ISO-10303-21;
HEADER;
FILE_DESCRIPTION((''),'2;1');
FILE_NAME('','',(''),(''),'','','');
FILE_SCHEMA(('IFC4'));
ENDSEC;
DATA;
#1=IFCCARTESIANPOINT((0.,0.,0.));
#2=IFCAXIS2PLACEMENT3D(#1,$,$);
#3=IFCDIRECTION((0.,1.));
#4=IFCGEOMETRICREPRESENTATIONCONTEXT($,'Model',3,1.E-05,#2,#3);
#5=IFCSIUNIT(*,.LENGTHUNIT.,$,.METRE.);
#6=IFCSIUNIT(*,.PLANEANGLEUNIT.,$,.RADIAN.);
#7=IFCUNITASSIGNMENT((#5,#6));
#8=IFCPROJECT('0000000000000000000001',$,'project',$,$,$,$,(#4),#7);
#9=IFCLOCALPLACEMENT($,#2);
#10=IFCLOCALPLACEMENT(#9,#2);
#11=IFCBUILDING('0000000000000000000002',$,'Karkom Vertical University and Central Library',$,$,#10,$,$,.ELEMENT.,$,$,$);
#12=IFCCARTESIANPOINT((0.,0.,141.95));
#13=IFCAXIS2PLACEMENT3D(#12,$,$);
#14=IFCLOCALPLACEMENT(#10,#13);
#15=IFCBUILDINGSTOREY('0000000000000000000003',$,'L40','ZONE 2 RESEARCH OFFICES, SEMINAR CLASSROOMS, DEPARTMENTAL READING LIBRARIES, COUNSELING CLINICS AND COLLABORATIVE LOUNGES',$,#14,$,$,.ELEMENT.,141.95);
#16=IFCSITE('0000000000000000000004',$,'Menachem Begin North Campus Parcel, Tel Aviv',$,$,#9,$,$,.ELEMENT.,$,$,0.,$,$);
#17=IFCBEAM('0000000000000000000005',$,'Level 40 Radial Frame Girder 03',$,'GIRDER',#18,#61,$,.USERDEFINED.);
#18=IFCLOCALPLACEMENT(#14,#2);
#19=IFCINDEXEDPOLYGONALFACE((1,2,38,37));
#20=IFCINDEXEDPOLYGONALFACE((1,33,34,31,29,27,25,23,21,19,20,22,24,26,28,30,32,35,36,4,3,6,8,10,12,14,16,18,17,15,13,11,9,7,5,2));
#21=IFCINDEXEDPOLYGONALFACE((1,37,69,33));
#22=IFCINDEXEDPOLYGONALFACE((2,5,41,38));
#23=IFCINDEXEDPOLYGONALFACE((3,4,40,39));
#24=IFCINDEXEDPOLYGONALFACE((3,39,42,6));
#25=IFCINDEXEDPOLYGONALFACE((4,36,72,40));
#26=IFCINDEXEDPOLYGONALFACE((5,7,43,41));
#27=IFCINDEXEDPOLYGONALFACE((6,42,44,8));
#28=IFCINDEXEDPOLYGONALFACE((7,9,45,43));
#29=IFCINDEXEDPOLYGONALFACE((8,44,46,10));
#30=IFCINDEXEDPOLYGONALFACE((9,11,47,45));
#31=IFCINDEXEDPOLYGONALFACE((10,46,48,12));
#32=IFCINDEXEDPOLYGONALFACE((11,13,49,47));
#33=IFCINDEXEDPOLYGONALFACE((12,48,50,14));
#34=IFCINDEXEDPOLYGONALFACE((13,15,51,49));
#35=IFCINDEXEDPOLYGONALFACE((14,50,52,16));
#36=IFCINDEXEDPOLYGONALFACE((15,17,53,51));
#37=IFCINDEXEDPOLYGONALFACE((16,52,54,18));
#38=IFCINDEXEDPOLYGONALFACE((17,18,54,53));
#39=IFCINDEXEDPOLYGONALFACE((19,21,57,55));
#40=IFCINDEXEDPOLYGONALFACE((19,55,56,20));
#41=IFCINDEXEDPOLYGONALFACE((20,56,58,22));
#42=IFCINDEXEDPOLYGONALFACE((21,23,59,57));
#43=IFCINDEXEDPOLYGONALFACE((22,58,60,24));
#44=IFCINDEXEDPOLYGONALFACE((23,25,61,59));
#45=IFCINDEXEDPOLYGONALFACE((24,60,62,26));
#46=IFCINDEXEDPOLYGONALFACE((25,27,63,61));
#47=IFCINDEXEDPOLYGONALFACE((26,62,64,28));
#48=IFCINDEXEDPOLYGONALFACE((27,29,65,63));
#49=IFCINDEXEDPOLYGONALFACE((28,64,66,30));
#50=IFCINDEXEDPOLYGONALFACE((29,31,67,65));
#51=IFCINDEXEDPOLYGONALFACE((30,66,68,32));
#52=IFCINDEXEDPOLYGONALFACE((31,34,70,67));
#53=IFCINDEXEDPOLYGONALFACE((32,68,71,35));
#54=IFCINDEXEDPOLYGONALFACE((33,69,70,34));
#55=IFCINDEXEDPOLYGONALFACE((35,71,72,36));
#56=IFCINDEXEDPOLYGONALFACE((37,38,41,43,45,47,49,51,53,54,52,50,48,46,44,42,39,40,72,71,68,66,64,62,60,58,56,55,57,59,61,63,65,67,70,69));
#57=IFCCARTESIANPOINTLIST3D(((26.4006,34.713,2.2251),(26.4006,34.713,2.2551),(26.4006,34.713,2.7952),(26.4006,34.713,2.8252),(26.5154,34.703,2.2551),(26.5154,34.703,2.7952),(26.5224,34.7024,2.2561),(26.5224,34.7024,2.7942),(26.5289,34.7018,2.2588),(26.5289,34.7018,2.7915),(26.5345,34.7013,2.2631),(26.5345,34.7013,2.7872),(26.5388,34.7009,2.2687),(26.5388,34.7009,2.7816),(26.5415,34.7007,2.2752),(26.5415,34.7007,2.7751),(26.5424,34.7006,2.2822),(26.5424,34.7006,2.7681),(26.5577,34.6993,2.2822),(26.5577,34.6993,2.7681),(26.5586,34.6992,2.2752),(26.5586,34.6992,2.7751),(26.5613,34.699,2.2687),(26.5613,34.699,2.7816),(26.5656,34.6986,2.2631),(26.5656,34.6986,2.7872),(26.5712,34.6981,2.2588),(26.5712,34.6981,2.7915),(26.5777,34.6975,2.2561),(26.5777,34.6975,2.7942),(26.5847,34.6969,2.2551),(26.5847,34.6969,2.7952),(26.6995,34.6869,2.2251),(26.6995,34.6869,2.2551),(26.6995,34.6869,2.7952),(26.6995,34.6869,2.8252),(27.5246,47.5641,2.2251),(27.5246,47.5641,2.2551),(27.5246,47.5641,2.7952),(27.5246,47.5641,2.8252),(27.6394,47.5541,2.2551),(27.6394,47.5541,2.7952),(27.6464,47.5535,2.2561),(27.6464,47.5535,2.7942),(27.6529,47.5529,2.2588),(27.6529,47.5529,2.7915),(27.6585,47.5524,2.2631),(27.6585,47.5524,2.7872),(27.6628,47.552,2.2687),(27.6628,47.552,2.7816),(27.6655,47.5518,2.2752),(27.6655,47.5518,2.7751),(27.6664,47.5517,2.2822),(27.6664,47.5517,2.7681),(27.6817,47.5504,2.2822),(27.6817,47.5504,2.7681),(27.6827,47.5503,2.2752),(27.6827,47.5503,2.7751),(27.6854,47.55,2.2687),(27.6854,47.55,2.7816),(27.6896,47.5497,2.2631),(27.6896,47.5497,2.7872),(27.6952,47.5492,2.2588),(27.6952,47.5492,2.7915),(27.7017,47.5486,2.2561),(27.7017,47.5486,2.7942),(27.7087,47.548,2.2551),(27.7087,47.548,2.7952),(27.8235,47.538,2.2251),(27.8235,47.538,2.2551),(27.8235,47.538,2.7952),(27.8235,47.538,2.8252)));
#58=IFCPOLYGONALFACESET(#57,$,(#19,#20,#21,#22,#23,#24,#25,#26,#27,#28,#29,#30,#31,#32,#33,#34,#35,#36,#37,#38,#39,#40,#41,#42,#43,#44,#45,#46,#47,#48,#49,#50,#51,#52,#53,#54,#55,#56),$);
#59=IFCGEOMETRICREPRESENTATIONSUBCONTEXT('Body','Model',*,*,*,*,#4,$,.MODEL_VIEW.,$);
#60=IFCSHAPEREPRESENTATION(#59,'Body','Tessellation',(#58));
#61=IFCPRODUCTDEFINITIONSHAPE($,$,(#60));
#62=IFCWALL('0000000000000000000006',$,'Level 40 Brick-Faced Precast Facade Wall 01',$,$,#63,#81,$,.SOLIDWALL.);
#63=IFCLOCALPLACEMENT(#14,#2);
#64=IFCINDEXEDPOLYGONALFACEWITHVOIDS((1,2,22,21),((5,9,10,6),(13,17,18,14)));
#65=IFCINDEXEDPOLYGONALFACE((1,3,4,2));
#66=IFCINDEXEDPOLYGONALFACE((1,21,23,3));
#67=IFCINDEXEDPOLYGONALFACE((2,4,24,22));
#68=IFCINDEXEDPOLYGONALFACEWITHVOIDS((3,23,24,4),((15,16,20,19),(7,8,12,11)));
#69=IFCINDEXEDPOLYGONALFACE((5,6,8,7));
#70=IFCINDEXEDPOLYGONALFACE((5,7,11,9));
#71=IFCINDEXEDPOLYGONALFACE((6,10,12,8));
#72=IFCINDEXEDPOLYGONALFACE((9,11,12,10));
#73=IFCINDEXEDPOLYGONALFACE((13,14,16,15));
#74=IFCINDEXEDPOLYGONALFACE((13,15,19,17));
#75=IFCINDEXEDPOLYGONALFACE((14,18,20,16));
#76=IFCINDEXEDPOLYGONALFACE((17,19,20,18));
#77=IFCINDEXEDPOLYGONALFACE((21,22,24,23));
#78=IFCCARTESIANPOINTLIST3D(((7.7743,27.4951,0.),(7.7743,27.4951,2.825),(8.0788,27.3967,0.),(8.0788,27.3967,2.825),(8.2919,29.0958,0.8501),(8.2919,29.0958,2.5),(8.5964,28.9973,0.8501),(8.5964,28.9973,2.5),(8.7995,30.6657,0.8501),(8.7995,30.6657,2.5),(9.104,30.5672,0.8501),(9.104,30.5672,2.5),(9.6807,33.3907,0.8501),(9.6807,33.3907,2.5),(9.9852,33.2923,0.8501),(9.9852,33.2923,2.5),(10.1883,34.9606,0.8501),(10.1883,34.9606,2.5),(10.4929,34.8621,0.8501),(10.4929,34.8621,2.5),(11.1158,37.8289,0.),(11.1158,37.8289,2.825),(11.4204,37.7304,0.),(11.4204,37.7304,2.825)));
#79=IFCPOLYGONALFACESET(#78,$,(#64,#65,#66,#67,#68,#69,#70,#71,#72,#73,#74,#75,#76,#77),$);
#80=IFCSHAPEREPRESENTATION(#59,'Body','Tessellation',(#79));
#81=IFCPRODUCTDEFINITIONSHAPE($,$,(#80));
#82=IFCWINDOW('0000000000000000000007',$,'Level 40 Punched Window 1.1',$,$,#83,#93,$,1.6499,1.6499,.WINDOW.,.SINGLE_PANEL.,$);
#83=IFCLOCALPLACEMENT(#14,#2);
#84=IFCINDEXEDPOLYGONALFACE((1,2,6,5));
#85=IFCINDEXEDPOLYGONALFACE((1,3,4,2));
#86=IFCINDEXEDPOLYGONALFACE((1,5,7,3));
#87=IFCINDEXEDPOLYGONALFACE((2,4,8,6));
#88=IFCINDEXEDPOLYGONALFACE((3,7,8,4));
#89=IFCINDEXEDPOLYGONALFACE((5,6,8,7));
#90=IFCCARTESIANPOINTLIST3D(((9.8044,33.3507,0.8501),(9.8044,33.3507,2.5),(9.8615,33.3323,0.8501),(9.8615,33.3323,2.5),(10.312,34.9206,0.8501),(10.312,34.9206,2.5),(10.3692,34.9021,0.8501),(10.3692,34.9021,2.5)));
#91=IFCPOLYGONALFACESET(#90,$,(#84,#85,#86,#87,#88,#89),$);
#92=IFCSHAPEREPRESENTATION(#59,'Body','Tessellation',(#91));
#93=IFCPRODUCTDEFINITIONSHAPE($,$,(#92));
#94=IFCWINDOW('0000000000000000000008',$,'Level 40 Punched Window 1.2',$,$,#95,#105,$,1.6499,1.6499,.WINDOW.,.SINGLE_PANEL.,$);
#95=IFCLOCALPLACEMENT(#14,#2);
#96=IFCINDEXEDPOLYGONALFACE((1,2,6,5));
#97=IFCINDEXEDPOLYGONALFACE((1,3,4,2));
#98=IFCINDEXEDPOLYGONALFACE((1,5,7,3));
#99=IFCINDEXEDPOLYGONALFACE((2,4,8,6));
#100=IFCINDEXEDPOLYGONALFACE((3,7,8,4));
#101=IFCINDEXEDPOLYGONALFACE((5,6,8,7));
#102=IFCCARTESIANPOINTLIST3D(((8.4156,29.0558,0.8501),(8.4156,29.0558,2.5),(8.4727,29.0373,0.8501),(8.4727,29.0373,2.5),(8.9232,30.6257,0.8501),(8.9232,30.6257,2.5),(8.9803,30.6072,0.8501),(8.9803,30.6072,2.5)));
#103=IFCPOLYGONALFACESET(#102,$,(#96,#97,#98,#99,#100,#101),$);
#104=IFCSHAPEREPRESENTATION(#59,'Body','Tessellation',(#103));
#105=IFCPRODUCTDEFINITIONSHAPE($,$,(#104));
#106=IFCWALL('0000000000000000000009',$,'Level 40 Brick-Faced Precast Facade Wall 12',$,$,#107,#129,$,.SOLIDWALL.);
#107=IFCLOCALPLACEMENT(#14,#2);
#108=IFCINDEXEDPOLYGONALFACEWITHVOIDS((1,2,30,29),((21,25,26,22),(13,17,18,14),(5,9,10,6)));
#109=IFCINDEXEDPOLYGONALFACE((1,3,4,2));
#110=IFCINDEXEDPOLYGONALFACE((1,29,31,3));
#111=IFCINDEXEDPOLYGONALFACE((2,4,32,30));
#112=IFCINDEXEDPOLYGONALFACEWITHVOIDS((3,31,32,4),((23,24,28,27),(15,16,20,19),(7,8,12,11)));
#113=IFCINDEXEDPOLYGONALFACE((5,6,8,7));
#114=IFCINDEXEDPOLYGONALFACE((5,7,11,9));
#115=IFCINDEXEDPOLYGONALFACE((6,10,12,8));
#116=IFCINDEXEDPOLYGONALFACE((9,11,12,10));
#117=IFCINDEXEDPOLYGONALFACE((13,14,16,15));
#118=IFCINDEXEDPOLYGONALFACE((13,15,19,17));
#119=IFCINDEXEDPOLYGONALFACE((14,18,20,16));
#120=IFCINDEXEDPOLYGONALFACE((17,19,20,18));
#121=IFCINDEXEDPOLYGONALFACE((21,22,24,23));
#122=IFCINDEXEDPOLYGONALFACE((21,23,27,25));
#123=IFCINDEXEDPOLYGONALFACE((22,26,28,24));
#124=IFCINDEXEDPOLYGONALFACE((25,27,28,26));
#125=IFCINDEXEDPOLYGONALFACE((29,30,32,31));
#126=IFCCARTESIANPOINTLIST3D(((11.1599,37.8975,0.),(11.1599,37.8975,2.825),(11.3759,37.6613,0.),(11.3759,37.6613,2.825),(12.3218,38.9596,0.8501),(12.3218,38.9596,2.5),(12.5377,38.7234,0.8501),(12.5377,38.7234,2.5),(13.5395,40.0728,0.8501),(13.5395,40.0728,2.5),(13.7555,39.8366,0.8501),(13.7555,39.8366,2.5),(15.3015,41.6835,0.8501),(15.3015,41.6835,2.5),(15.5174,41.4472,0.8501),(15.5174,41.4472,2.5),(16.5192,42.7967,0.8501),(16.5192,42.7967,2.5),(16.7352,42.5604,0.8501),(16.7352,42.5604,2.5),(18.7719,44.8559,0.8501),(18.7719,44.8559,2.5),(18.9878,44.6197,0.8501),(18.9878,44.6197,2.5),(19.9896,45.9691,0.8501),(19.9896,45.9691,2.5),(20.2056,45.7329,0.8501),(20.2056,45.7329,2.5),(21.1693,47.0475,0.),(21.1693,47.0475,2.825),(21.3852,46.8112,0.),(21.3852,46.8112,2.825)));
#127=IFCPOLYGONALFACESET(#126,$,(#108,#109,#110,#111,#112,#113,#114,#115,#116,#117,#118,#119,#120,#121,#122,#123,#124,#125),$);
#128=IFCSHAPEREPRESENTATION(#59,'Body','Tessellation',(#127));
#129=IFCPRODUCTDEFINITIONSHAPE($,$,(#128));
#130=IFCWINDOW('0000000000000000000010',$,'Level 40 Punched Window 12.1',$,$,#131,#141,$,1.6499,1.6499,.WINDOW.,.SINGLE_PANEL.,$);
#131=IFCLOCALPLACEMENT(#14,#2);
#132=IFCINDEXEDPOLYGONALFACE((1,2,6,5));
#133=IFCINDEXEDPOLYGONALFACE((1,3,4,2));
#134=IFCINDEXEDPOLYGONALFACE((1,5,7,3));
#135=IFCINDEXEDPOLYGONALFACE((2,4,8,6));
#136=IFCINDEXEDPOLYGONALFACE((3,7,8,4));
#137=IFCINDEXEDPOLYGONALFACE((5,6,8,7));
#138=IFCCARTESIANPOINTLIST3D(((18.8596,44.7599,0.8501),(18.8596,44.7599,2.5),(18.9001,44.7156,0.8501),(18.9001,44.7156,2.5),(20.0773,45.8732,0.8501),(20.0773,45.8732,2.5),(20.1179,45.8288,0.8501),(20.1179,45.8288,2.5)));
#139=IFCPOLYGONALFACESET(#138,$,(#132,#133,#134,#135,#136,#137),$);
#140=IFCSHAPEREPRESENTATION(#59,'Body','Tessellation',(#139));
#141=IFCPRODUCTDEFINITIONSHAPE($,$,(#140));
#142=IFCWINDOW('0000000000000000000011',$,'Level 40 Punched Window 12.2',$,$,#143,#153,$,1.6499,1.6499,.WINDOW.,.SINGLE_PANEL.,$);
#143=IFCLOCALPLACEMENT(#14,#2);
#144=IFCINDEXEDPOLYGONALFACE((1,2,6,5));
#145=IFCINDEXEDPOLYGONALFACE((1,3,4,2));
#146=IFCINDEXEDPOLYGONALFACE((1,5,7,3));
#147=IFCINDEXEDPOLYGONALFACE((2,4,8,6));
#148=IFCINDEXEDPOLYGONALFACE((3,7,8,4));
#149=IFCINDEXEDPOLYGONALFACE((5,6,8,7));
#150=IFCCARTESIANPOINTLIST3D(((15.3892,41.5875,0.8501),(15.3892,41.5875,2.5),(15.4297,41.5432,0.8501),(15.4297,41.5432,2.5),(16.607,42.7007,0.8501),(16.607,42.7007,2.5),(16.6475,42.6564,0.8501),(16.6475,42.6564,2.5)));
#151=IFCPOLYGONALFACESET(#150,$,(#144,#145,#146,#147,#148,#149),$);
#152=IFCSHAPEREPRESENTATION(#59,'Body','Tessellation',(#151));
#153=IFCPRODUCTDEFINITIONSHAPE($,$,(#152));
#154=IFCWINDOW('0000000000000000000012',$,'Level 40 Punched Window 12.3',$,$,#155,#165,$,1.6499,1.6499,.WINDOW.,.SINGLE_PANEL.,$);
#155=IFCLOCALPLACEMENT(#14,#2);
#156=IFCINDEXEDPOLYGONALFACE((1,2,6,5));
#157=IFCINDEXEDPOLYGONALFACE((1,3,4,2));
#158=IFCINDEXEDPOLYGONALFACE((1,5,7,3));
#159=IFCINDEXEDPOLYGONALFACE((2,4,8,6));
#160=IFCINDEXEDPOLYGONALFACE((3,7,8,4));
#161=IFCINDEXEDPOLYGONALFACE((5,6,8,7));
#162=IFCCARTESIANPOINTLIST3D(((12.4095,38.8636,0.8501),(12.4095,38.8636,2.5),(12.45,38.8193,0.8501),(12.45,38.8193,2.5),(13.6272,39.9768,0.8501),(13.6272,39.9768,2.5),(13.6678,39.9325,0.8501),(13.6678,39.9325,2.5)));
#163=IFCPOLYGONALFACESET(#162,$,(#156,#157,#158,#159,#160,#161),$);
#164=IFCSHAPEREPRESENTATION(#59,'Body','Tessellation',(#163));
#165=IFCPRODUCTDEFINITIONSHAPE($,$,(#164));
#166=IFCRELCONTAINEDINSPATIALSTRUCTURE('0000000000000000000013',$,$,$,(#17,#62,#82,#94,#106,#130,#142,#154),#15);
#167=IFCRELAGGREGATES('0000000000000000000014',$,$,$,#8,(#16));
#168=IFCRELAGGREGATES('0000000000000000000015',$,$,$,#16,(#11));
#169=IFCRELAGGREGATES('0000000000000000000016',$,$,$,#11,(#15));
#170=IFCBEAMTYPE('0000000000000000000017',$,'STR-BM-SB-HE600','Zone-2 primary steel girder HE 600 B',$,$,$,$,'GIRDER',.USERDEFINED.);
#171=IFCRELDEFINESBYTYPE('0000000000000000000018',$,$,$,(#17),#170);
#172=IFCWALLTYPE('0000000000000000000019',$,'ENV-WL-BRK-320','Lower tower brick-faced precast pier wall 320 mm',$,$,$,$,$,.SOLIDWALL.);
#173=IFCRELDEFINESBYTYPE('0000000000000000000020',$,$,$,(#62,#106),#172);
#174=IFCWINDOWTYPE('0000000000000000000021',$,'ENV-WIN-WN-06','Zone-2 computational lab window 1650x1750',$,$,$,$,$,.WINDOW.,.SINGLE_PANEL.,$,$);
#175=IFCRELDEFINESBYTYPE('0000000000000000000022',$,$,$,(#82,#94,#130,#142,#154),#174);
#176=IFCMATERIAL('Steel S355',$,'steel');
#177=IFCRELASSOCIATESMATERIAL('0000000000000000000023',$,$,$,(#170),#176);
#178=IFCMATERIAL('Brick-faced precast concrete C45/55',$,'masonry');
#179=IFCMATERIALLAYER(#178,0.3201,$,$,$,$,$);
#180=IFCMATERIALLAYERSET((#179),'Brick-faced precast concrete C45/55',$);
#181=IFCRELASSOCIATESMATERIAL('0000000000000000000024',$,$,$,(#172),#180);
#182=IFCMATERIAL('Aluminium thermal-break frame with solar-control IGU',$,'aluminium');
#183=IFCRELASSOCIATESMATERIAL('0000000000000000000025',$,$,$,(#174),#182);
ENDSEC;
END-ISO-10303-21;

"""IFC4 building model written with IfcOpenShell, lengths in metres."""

from ifc_helpers import new_model, si_unit, direction, frame, frame_2d, origin, origin_with_axes, origin_2d, place, context, subcontext, project, spatial, rectangle, i_section, extrude, source, transform, mapped, material, layer, layer_set, material_profile, profile_set, type_object, element, fill, save


model = new_model("IFC4")

# Units and contexts
model_context = context("Model", 3, precision=1e-05, world=origin(), true_north=direction((0.0, 1.0)))
body_context = subcontext(model_context, "Body", "Model", "MODEL_VIEW")
ifc_project = project(units=[si_unit("LENGTHUNIT", "METRE"), si_unit("PLANEANGLEUNIT", "RADIAN")], contexts=[model_context])

# Site, building, storey
site_placement = place(None, origin())
site = spatial("IfcSite", under=ifc_project, at=site_placement, Name="Menachem Begin North Campus Parcel, Tel Aviv", CompositionType="ELEMENT", RefElevation=0.0)
building_placement = place(site_placement, origin())
building = spatial("IfcBuilding", under=site, at=building_placement, Name="Karkom Vertical University and Central Library", CompositionType="ELEMENT")
storey_placement = place(building_placement, frame((0.0, 0.0, 141.95)))
storey = spatial("IfcBuildingStorey", under=building, at=storey_placement, Name="L40", Description="ZONE 2 RESEARCH OFFICES, SEMINAR CLASSROOMS, DEPARTMENTAL READING LIBRARIES, COUNSELING CLINICS AND COLLABORATIVE LOUNGES", CompositionType="ELEMENT", Elevation=141.95)

# Beam
ifc_material_1 = material(Name="Steel S355", Category="steel")
ifc_material_profile_1 = material_profile(ifc_material_1, i_section(OverallWidth=0.3, OverallDepth=0.6001, WebThickness=0.0154, FlangeThickness=0.03, FilletRadius=0.0271, at=origin_2d()), Name="HE 600 B")
ifc_profile_set_1 = profile_set([ifc_material_profile_1], Name="Steel S355")
beam_type_1 = type_object("IfcBeamType", Name="STR-BM-SB-HE600", Description="Zone-2 primary steel girder HE 600 B", ElementType="GIRDER", PredefinedType="USERDEFINED", material=ifc_profile_set_1)
shared_shape_1 = source(origin_with_axes(), body_context, "Body", "SweptSolid", [
    extrude(i_section(OverallWidth=0.3, OverallDepth=0.6001, WebThickness=0.0154, FlangeThickness=0.03, FilletRadius=0.0271, at=origin_2d()), origin(), (0.0, 0.0, 1.0), 12.9001),
])
beam_1_placement = place(storey_placement, frame((26.55, 34.7, 2.5251), z_axis=(0.087133, 0.996197, 0.0), x_axis=(-0.996197, 0.087133, 0.0)))
element("IfcBeam", 1, at=beam_1_placement, inside=storey, type_object=beam_type_1, Name="Level 40 Radial Frame Girder 03", ObjectType="GIRDER", PredefinedType="USERDEFINED", context=body_context, shape_type="MappedRepresentation", body=[
    mapped(shared_shape_1, transform((0.0, 0.0, 0.0), scale=1.0)),
])

# Walls, openings, windows
ifc_material_2 = material(Name="Brick-faced precast concrete C45/55", Category="masonry")
ifc_layer_1 = layer(ifc_material_2, 0.3201)
ifc_layer_set_1 = layer_set([ifc_layer_1], Name="Brick-faced precast concrete C45/55")
wall_type_1 = type_object("IfcWallType", Name="ENV-WL-BRK-320", Description="Lower tower brick-faced precast pier wall 320 mm", PredefinedType="SOLIDWALL", material=ifc_layer_set_1)
wall_1_placement = place(storey_placement, frame((11.2681, 37.7795, 0.0), z_axis=(0.0, 0.0, 1.0), x_axis=(-0.307677, -0.951491, 0.0)))
wall_1 = element("IfcWall", 2, at=wall_1_placement, inside=storey, type_object=wall_type_1, Name="Level 40 Brick-Faced Precast Facade Wall 01", PredefinedType="SOLIDWALL", context=body_context, shape_type="SweptSolid", body=[
    extrude(rectangle(XDim=10.8606, YDim=0.3201, at=frame_2d((5.4302, 0.0))), origin(), (0.0, 0.0, 1.0), 2.825),
])
opening_1_placement = place(wall_1_placement, frame((3.0144, 0.0, 0.8501)))
opening_1 = element("IfcOpeningElement", 3, at=opening_1_placement, cuts=wall_1, PredefinedType="OPENING", context=body_context, shape_type="SweptSolid", body=[
    extrude(rectangle(XDim=1.6499, YDim=1.6499, at=frame_2d((0.825, 0.825))), frame((0.0, 0.1699, 0.0), z_axis=(0.0, -1.0, 0.0), x_axis=(1.0, 0.0, 0.0)), (0.0, 0.0, 1.0), 0.3401),
])
opening_2_placement = place(wall_1_placement, frame((7.5283, 0.0, 0.8501)))
opening_2 = element("IfcOpeningElement", 4, at=opening_2_placement, cuts=wall_1, PredefinedType="OPENING", context=body_context, shape_type="SweptSolid", body=[
    extrude(rectangle(XDim=1.6499, YDim=1.6499, at=frame_2d((0.825, 0.825))), frame((0.0, 0.1699, 0.0), z_axis=(0.0, -1.0, 0.0), x_axis=(1.0, 0.0, 0.0)), (0.0, 0.0, 1.0), 0.3401),
])
ifc_material_3 = material(Name="Aluminium thermal-break frame with solar-control IGU", Category="aluminium")
window_type = type_object("IfcWindowType", Name="ENV-WIN-WN-06", Description="Zone-2 computational lab window 1650x1750", PartitioningType="SINGLE_PANEL", PredefinedType="WINDOW", material=ifc_material_3)
shared_shape_2 = source(origin_with_axes(), body_context, "Body", "SweptSolid", [
    extrude(rectangle(XDim=1.6499, YDim=1.6499, at=frame_2d((0.825, 0.825))), frame((0.0, 0.03, 0.0), z_axis=(0.0, -1.0, 0.0), x_axis=(1.0, 0.0, 0.0)), (0.0, 0.0, 1.0), 0.0601),
])
window_1_placement = place(opening_1_placement, origin())
window_1 = element("IfcWindow", 5, at=window_1_placement, inside=storey, type_object=window_type, Name="Level 40 Punched Window 1.1", OverallHeight=1.6499, OverallWidth=1.6499, PartitioningType="SINGLE_PANEL", PredefinedType="WINDOW", context=body_context, shape_type="MappedRepresentation", body=[
    mapped(shared_shape_2, transform((0.0, 0.0, 0.0), scale=1.0)),
])
fill(opening_1, window_1)
window_2_placement = place(opening_2_placement, origin())
window_2 = element("IfcWindow", 6, at=window_2_placement, inside=storey, type_object=window_type, Name="Level 40 Punched Window 1.2", OverallHeight=1.6499, OverallWidth=1.6499, PartitioningType="SINGLE_PANEL", PredefinedType="WINDOW", context=body_context, shape_type="MappedRepresentation", body=[
    mapped(shared_shape_2, transform((0.0, 0.0, 0.0), scale=1.0)),
])
fill(opening_2, window_2)
wall_2_placement = place(storey_placement, frame((21.2773, 46.9294, 0.0), z_axis=(0.0, 0.0, 1.0), x_axis=(-0.738082, -0.674711, 0.0)))
wall_2 = element("IfcWall", 7, at=wall_2_placement, inside=storey, type_object=wall_type_1, Name="Level 40 Brick-Faced Precast Facade Wall 12", PredefinedType="SOLIDWALL", context=body_context, shape_type="SweptSolid", body=[
    extrude(rectangle(XDim=13.5613, YDim=0.3201, at=frame_2d((6.7808, 0.0))), origin(), (0.0, 0.0, 1.0), 2.825),
])
opening_3_placement = place(wall_2_placement, frame((1.5984, 0.0, 0.8501)))
opening_3 = element("IfcOpeningElement", 8, at=opening_3_placement, cuts=wall_2, PredefinedType="OPENING", context=body_context, shape_type="SweptSolid", body=[
    extrude(rectangle(XDim=1.6499, YDim=1.6499, at=frame_2d((0.825, 0.825))), frame((0.0, 0.1699, 0.0), z_axis=(0.0, -1.0, 0.0), x_axis=(1.0, 0.0, 0.0)), (0.0, 0.0, 1.0), 0.3401),
])
opening_4_placement = place(wall_2_placement, frame((6.3003, 0.0, 0.8501)))
opening_4 = element("IfcOpeningElement", 9, at=opening_4_placement, cuts=wall_2, PredefinedType="OPENING", context=body_context, shape_type="SweptSolid", body=[
    extrude(rectangle(XDim=1.6499, YDim=1.6499, at=frame_2d((0.825, 0.825))), frame((0.0, 0.1699, 0.0), z_axis=(0.0, -1.0, 0.0), x_axis=(1.0, 0.0, 0.0)), (0.0, 0.0, 1.0), 0.3401),
])
opening_5_placement = place(wall_2_placement, frame((10.3374, 0.0, 0.8501)))
opening_5 = element("IfcOpeningElement", 10, at=opening_5_placement, cuts=wall_2, PredefinedType="OPENING", context=body_context, shape_type="SweptSolid", body=[
    extrude(rectangle(XDim=1.6499, YDim=1.6499, at=frame_2d((0.825, 0.825))), frame((0.0, 0.1699, 0.0), z_axis=(0.0, -1.0, 0.0), x_axis=(1.0, 0.0, 0.0)), (0.0, 0.0, 1.0), 0.3401),
])
window_3_placement = place(opening_3_placement, origin())
window_3 = element("IfcWindow", 11, at=window_3_placement, inside=storey, type_object=window_type, Name="Level 40 Punched Window 12.1", OverallHeight=1.6499, OverallWidth=1.6499, PartitioningType="SINGLE_PANEL", PredefinedType="WINDOW", context=body_context, shape_type="MappedRepresentation", body=[
    mapped(shared_shape_2, transform((0.0, 0.0, 0.0), scale=1.0)),
])
fill(opening_3, window_3)
window_4_placement = place(opening_4_placement, origin())
window_4 = element("IfcWindow", 12, at=window_4_placement, inside=storey, type_object=window_type, Name="Level 40 Punched Window 12.2", OverallHeight=1.6499, OverallWidth=1.6499, PartitioningType="SINGLE_PANEL", PredefinedType="WINDOW", context=body_context, shape_type="MappedRepresentation", body=[
    mapped(shared_shape_2, transform((0.0, 0.0, 0.0), scale=1.0)),
])
fill(opening_4, window_4)
window_5_placement = place(opening_5_placement, origin())
window_5 = element("IfcWindow", 13, at=window_5_placement, inside=storey, type_object=window_type, Name="Level 40 Punched Window 12.3", OverallHeight=1.6499, OverallWidth=1.6499, PartitioningType="SINGLE_PANEL", PredefinedType="WINDOW", context=body_context, shape_type="MappedRepresentation", body=[
    mapped(shared_shape_2, transform((0.0, 0.0, 0.0), scale=1.0)),
])
fill(opening_5, window_5)

save(model, "model.ifc")
